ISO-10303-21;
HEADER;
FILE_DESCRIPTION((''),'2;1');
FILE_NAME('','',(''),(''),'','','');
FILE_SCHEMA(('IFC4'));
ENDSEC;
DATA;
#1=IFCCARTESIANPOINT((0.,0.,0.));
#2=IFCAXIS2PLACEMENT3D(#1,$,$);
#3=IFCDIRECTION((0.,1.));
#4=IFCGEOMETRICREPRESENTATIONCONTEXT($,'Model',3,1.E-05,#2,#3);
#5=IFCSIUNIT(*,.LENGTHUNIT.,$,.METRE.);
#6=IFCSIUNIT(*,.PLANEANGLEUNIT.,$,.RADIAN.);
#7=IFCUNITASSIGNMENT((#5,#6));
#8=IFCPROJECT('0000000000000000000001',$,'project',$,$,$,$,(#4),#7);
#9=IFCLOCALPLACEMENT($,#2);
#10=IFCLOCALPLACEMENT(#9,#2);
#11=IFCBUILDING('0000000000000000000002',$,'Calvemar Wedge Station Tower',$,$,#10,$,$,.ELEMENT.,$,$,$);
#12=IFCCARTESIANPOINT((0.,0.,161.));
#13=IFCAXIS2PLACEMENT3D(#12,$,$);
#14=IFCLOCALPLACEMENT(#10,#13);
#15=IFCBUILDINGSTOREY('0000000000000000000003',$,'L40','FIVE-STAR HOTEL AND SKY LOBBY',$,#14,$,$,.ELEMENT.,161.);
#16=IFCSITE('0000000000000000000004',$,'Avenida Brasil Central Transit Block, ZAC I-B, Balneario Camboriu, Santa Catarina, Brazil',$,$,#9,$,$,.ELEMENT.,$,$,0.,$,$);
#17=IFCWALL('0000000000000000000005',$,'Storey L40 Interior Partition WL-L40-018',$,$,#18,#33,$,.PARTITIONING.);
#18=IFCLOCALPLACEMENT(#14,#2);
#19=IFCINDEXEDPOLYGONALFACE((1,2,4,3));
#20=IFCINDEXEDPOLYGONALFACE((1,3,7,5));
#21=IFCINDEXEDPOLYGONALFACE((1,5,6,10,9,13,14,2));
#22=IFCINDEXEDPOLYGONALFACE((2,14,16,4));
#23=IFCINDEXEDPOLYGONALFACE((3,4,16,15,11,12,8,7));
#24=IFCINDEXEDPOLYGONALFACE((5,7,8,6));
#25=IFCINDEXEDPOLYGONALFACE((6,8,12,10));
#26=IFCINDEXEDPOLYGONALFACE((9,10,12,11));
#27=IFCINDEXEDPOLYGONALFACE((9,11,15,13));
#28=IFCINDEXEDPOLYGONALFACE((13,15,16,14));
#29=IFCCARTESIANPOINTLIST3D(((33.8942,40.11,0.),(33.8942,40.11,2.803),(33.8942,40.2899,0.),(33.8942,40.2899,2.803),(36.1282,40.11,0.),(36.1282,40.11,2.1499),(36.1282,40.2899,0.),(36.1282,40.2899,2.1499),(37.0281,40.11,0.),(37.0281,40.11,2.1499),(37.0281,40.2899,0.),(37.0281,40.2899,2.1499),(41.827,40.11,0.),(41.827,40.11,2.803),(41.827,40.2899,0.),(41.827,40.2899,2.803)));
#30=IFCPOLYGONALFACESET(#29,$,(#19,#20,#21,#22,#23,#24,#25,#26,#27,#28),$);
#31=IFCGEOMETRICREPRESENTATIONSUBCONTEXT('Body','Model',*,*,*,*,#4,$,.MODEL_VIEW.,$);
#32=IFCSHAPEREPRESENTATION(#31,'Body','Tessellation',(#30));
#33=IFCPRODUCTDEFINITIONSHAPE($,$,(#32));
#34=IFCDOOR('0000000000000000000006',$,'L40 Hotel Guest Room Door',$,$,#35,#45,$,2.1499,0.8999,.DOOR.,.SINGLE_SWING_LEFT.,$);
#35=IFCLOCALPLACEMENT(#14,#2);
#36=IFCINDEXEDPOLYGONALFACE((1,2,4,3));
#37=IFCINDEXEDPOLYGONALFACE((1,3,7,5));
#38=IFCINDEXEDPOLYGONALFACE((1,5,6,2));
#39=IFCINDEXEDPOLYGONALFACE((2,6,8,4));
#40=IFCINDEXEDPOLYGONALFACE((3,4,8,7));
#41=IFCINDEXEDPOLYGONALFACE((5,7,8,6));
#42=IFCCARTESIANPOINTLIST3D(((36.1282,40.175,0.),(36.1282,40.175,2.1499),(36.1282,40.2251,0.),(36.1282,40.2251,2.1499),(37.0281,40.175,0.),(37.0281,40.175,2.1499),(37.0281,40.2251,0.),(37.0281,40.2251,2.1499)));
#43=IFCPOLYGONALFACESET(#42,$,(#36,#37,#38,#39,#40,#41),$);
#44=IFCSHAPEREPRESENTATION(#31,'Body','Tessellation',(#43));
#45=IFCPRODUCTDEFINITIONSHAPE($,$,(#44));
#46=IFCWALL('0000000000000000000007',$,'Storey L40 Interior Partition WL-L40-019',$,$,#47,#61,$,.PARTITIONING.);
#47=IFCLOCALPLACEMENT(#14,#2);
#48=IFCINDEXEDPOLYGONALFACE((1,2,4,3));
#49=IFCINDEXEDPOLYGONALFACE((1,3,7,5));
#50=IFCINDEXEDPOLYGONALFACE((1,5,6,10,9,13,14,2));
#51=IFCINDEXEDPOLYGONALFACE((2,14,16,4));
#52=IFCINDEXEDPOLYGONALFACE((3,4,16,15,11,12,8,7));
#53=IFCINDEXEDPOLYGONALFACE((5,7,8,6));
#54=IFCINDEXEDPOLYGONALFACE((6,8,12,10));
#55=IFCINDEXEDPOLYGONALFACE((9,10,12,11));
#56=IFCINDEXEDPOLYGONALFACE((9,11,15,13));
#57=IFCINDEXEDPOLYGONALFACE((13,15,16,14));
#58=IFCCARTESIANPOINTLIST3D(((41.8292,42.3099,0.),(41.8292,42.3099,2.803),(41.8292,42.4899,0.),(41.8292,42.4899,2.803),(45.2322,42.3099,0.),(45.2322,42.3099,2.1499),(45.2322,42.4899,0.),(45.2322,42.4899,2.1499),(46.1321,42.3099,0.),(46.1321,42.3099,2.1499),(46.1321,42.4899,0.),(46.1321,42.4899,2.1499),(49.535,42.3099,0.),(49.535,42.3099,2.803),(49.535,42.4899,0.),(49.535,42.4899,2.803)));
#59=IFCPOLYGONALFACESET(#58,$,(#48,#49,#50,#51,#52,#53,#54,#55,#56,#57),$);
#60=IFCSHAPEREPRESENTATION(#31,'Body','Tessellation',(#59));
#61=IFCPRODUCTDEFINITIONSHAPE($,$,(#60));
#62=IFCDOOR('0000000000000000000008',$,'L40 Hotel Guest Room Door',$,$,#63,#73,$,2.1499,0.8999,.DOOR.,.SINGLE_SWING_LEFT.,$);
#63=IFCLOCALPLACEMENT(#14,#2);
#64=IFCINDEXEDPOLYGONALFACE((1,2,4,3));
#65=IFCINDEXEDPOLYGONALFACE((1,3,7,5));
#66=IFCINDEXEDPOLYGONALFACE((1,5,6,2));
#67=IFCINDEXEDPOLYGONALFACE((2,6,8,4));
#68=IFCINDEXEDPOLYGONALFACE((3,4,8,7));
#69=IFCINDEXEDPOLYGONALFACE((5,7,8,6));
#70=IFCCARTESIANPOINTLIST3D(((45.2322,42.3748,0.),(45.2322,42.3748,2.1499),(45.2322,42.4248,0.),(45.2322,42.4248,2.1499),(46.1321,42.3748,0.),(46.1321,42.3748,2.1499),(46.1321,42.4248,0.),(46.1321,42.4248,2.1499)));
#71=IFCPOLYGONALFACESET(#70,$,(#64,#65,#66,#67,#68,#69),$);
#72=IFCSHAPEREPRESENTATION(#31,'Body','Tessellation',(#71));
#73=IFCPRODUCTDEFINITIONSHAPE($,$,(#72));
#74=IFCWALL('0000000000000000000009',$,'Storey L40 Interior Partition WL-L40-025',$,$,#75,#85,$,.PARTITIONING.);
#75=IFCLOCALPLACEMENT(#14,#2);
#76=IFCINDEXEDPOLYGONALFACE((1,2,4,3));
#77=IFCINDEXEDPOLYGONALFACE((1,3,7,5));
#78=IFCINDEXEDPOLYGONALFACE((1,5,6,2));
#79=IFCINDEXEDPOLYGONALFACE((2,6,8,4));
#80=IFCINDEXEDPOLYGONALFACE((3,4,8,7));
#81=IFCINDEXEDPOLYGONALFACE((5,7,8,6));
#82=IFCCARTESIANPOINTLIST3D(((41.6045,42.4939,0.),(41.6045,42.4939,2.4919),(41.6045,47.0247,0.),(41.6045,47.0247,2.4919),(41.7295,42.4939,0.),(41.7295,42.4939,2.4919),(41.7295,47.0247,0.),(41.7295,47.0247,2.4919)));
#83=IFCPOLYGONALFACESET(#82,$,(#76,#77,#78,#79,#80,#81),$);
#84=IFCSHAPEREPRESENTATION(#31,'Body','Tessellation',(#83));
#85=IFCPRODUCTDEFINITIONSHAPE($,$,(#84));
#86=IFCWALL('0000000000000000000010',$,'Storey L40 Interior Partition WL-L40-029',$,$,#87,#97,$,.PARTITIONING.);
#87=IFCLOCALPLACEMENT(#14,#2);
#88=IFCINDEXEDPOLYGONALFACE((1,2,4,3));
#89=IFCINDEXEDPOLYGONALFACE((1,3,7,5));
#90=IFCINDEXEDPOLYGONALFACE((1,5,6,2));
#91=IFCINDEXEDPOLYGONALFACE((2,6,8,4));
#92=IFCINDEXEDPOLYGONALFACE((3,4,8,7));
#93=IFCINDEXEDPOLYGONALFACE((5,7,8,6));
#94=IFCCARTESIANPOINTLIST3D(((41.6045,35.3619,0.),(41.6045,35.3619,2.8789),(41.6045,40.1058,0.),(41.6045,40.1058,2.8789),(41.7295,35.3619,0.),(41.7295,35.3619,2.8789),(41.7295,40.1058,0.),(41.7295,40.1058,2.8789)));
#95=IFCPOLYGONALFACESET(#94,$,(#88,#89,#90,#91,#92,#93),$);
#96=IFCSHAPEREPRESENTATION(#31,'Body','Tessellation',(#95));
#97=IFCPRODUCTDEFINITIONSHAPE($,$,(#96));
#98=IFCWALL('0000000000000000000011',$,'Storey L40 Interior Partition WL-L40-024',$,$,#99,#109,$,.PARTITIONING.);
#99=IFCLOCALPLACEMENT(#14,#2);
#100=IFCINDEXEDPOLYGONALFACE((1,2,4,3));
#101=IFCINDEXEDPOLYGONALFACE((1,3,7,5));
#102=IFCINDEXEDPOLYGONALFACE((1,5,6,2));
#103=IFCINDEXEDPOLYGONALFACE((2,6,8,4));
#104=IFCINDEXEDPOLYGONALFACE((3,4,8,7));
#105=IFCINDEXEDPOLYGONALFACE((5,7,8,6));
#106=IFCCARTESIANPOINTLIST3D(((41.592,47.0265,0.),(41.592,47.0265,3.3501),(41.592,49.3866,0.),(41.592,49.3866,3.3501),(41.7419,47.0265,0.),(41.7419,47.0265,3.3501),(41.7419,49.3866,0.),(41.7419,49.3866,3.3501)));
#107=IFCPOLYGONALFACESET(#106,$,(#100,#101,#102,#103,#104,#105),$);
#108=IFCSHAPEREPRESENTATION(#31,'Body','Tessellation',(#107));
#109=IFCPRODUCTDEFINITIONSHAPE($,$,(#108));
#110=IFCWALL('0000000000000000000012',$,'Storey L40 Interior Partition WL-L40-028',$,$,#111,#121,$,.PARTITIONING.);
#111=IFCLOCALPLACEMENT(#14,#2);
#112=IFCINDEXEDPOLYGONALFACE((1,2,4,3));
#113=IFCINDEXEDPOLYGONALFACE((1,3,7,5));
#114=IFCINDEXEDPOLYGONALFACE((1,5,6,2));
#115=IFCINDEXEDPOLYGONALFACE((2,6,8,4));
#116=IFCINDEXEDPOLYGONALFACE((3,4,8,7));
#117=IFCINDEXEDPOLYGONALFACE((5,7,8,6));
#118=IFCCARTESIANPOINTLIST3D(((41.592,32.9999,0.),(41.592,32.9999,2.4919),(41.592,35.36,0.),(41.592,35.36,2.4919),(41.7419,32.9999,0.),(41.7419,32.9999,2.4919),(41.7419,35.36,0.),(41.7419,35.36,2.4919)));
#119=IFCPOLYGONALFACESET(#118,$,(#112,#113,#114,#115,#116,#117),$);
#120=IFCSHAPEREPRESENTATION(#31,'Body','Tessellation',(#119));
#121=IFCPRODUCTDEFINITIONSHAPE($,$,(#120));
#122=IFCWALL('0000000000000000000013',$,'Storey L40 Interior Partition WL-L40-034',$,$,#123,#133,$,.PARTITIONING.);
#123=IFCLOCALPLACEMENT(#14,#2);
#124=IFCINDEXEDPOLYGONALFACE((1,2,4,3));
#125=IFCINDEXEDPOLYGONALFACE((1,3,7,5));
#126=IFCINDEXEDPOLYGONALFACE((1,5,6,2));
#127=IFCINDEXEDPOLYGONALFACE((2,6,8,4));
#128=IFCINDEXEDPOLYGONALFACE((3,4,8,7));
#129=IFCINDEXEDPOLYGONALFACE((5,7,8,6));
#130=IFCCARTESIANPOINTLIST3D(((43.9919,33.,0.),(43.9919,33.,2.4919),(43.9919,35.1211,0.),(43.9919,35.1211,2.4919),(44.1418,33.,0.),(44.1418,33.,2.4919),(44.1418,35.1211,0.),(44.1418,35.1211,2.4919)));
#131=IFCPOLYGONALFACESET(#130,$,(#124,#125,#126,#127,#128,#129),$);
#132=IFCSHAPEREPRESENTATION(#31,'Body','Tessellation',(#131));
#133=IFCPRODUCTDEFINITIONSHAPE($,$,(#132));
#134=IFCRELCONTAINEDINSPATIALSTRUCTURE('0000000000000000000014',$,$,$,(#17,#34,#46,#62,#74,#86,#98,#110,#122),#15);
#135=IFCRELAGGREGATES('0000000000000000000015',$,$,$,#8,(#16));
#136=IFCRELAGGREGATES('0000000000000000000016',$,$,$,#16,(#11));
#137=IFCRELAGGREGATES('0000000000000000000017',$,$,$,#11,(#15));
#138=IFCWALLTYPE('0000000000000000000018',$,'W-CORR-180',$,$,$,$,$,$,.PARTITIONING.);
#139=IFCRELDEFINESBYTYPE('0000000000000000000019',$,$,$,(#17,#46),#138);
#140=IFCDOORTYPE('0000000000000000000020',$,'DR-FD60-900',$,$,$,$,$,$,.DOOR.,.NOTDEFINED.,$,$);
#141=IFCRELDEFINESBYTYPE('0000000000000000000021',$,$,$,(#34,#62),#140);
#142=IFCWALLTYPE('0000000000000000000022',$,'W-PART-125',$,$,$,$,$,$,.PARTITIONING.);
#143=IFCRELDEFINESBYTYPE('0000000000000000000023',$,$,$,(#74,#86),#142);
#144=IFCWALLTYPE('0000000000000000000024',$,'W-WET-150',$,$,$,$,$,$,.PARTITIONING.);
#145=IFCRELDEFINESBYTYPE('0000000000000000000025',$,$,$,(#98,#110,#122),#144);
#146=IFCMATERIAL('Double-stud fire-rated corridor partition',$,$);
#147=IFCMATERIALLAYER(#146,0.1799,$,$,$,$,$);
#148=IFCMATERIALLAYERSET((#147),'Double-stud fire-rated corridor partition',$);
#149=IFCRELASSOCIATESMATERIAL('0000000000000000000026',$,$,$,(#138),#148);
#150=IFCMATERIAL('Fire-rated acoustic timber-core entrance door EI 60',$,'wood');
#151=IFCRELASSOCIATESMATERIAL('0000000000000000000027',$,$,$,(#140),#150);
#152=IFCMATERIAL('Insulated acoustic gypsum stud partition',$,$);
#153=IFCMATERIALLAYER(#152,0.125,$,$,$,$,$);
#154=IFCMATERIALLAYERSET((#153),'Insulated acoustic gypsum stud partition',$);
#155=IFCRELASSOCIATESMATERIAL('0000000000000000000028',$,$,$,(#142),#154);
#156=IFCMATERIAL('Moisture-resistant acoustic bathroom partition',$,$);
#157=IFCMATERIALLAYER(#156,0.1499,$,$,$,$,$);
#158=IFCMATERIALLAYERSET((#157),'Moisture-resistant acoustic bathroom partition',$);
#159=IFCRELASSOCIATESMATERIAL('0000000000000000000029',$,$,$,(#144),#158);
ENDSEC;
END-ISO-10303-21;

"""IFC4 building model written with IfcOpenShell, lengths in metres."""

from ifc_helpers import new_model, si_unit, direction, frame, frame_2d, origin, place, context, subcontext, project, spatial, rectangle, extrude, source, transform, mapped, material, layer, layer_set, type_object, element, fill, save


model = new_model("IFC4")

# Units and contexts
model_context = context("Model", 3, precision=1e-05, world=origin(), true_north=direction((0.0, 1.0)))
body_context = subcontext(model_context, "Body", "Model", "MODEL_VIEW")
ifc_project = project(units=[si_unit("LENGTHUNIT", "METRE"), si_unit("PLANEANGLEUNIT", "RADIAN")], contexts=[model_context])

# Site, building, storey
site_placement = place(None, origin())
site = spatial("IfcSite", under=ifc_project, at=site_placement, Name="Avenida Brasil Central Transit Block, ZAC I-B, Balneario Camboriu, Santa Catarina, Brazil", CompositionType="ELEMENT", RefElevation=0.0)
building_placement = place(site_placement, origin())
building = spatial("IfcBuilding", under=site, at=building_placement, Name="Calvemar Wedge Station Tower", CompositionType="ELEMENT")
storey_placement = place(building_placement, frame((0.0, 0.0, 161.0)))
storey = spatial("IfcBuildingStorey", under=building, at=storey_placement, Name="L40", Description="FIVE-STAR HOTEL AND SKY LOBBY", CompositionType="ELEMENT", Elevation=161.0)

# Walls, openings, doors
ifc_material_1 = material(Name="Double-stud fire-rated corridor partition")
ifc_layer_1 = layer(ifc_material_1, 0.1799)
ifc_layer_set_1 = layer_set([ifc_layer_1], Name="Double-stud fire-rated corridor partition")
wall_type_1 = type_object("IfcWallType", Name="W-CORR-180", PredefinedType="PARTITIONING", material=ifc_layer_set_1)
wall_1_placement = place(storey_placement, frame((41.8269, 40.2, 0.0), z_axis=(0.0, 0.0, 1.0), x_axis=(-1.0, 0.0, 0.0)))
wall_1 = element("IfcWall", 1, at=wall_1_placement, inside=storey, type_object=wall_type_1, Name="Storey L40 Interior Partition WL-L40-018", PredefinedType="PARTITIONING", context=body_context, shape_type="SweptSolid", body=[
    extrude(rectangle(XDim=7.9329, YDim=0.1799, at=frame_2d((3.9663, 0.0))), origin(), (0.0, 0.0, 1.0), 2.803),
])
shared_shape_1 = source(origin(), body_context, "Body", "SweptSolid", [
    extrude(rectangle(XDim=0.8999, YDim=2.1499, at=frame_2d((0.45, 1.075))), frame((0.0, 0.1001, 0.0), z_axis=(0.0, -1.0, 0.0), x_axis=(1.0, 0.0, 0.0)), (0.0, 0.0, 1.0), 0.2),
])
opening_1_placement = place(wall_1_placement, frame((4.7988, 0.0, 0.0)))
opening_1 = element("IfcOpeningElement", 2, at=opening_1_placement, cuts=wall_1, PredefinedType="OPENING", context=body_context, shape_type="MappedRepresentation", body=[
    mapped(shared_shape_1, transform((0.0, 0.0, 0.0), scale=1.0)),
])
ifc_material_2 = material(Name="Fire-rated acoustic timber-core entrance door EI 60", Category="wood")
door_type_1 = type_object("IfcDoorType", Name="DR-FD60-900", OperationType="NOTDEFINED", PredefinedType="DOOR", material=ifc_material_2)
shared_shape_2 = source(origin(), body_context, "Body", "SweptSolid", [
    extrude(rectangle(XDim=0.8999, YDim=2.1499, at=frame_2d((0.45, 1.075))), frame((0.0, 0.0249, 0.0), z_axis=(0.0, -1.0, 0.0), x_axis=(1.0, 0.0, 0.0)), (0.0, 0.0, 1.0), 0.05),
])
door_1_placement = place(opening_1_placement, origin())
door_1 = element("IfcDoor", 3, at=door_1_placement, inside=storey, type_object=door_type_1, Name="L40 Hotel Guest Room Door", OperationType="SINGLE_SWING_LEFT", OverallHeight=2.1499, OverallWidth=0.8999, PredefinedType="DOOR", context=body_context, shape_type="MappedRepresentation", body=[
    mapped(shared_shape_2, transform((0.0, 0.0, 0.0), scale=1.0)),
])
fill(opening_1, door_1)
wall_2_placement = place(storey_placement, frame((41.8291, 42.3999, 0.0), z_axis=(0.0, 0.0, 1.0), x_axis=(1.0, 0.0, 0.0)))
wall_2 = element("IfcWall", 4, at=wall_2_placement, inside=storey, type_object=wall_type_1, Name="Storey L40 Interior Partition WL-L40-019", PredefinedType="PARTITIONING", context=body_context, shape_type="SweptSolid", body=[
    extrude(rectangle(XDim=7.7058, YDim=0.1799, at=frame_2d((3.853, 0.0))), origin(), (0.0, 0.0, 1.0), 2.803),
])
opening_2_placement = place(wall_2_placement, frame((3.4031, 0.0, 0.0)))
opening_2 = element("IfcOpeningElement", 5, at=opening_2_placement, cuts=wall_2, PredefinedType="OPENING", context=body_context, shape_type="MappedRepresentation", body=[
    mapped(shared_shape_1, transform((0.0, 0.0, 0.0), scale=1.0)),
])
door_2_placement = place(opening_2_placement, origin())
door_2 = element("IfcDoor", 6, at=door_2_placement, inside=storey, type_object=door_type_1, Name="L40 Hotel Guest Room Door", OperationType="SINGLE_SWING_LEFT", OverallHeight=2.1499, OverallWidth=0.8999, PredefinedType="DOOR", context=body_context, shape_type="MappedRepresentation", body=[
    mapped(shared_shape_2, transform((0.0, 0.0, 0.0), scale=1.0)),
])
fill(opening_2, door_2)

# Walls
ifc_material_3 = material(Name="Insulated acoustic gypsum stud partition")
ifc_layer_2 = layer(ifc_material_3, 0.125)
ifc_layer_set_2 = layer_set([ifc_layer_2], Name="Insulated acoustic gypsum stud partition")
wall_type_2 = type_object("IfcWallType", Name="W-PART-125", PredefinedType="PARTITIONING", material=ifc_layer_set_2)
wall_3_placement = place(storey_placement, frame((41.667, 47.0247, 0.0), z_axis=(0.0, 0.0, 1.0), x_axis=(0.0, -1.0, 0.0)))
element("IfcWall", 7, at=wall_3_placement, inside=storey, type_object=wall_type_2, Name="Storey L40 Interior Partition WL-L40-025", PredefinedType="PARTITIONING", context=body_context, shape_type="SweptSolid", body=[
    extrude(rectangle(XDim=4.5308, YDim=0.125, at=frame_2d((2.2654, 0.0))), origin(), (0.0, 0.0, 1.0), 2.4919),
])
wall_4_placement = place(storey_placement, frame((41.667, 40.106, 0.0), z_axis=(0.0, 0.0, 1.0), x_axis=(0.0, -1.0, 0.0)))
element("IfcWall", 8, at=wall_4_placement, inside=storey, type_object=wall_type_2, Name="Storey L40 Interior Partition WL-L40-029", PredefinedType="PARTITIONING", context=body_context, shape_type="SweptSolid", body=[
    extrude(rectangle(XDim=4.7439, YDim=0.125, at=frame_2d((2.3721, 0.0))), origin(), (0.0, 0.0, 1.0), 2.8789),
])
ifc_material_4 = material(Name="Moisture-resistant acoustic bathroom partition")
ifc_layer_3 = layer(ifc_material_4, 0.1499)
ifc_layer_set_3 = layer_set([ifc_layer_3], Name="Moisture-resistant acoustic bathroom partition")
wall_type_3 = type_object("IfcWallType", Name="W-WET-150", PredefinedType="PARTITIONING", material=ifc_layer_set_3)
wall_5_placement = place(storey_placement, frame((41.667, 49.3867, 0.0), z_axis=(0.0, 0.0, 1.0), x_axis=(0.0, -1.0, 0.0)))
element("IfcWall", 9, at=wall_5_placement, inside=storey, type_object=wall_type_3, Name="Storey L40 Interior Partition WL-L40-024", PredefinedType="PARTITIONING", context=body_context, shape_type="SweptSolid", body=[
    extrude(rectangle(XDim=2.3601, YDim=0.1499, at=frame_2d((1.1802, 0.0))), origin(), (0.0, 0.0, 1.0), 3.3501),
])
wall_6_placement = place(storey_placement, frame((41.667, 35.3601, 0.0), z_axis=(0.0, 0.0, 1.0), x_axis=(0.0, -1.0, 0.0)))
element("IfcWall", 10, at=wall_6_placement, inside=storey, type_object=wall_type_3, Name="Storey L40 Interior Partition WL-L40-028", PredefinedType="PARTITIONING", context=body_context, shape_type="SweptSolid", body=[
    extrude(rectangle(XDim=2.3601, YDim=0.1499, at=frame_2d((1.1802, 0.0))), origin(), (0.0, 0.0, 1.0), 2.4919),
])

# Wall
wall_7_placement = place(storey_placement, frame((44.0669, 35.1211, 0.0), z_axis=(0.0, 0.0, 1.0), x_axis=(0.0, -1.0, 0.0)))
element("IfcWall", 11, at=wall_7_placement, inside=storey, type_object=wall_type_3, Name="Storey L40 Interior Partition WL-L40-034", PredefinedType="PARTITIONING", context=body_context, shape_type="SweptSolid", body=[
    extrude(rectangle(XDim=2.1211, YDim=0.1499, at=frame_2d((1.0605, 0.0))), origin(), (0.0, 0.0, 1.0), 2.4919),
])

save(model, "model.ifc")
